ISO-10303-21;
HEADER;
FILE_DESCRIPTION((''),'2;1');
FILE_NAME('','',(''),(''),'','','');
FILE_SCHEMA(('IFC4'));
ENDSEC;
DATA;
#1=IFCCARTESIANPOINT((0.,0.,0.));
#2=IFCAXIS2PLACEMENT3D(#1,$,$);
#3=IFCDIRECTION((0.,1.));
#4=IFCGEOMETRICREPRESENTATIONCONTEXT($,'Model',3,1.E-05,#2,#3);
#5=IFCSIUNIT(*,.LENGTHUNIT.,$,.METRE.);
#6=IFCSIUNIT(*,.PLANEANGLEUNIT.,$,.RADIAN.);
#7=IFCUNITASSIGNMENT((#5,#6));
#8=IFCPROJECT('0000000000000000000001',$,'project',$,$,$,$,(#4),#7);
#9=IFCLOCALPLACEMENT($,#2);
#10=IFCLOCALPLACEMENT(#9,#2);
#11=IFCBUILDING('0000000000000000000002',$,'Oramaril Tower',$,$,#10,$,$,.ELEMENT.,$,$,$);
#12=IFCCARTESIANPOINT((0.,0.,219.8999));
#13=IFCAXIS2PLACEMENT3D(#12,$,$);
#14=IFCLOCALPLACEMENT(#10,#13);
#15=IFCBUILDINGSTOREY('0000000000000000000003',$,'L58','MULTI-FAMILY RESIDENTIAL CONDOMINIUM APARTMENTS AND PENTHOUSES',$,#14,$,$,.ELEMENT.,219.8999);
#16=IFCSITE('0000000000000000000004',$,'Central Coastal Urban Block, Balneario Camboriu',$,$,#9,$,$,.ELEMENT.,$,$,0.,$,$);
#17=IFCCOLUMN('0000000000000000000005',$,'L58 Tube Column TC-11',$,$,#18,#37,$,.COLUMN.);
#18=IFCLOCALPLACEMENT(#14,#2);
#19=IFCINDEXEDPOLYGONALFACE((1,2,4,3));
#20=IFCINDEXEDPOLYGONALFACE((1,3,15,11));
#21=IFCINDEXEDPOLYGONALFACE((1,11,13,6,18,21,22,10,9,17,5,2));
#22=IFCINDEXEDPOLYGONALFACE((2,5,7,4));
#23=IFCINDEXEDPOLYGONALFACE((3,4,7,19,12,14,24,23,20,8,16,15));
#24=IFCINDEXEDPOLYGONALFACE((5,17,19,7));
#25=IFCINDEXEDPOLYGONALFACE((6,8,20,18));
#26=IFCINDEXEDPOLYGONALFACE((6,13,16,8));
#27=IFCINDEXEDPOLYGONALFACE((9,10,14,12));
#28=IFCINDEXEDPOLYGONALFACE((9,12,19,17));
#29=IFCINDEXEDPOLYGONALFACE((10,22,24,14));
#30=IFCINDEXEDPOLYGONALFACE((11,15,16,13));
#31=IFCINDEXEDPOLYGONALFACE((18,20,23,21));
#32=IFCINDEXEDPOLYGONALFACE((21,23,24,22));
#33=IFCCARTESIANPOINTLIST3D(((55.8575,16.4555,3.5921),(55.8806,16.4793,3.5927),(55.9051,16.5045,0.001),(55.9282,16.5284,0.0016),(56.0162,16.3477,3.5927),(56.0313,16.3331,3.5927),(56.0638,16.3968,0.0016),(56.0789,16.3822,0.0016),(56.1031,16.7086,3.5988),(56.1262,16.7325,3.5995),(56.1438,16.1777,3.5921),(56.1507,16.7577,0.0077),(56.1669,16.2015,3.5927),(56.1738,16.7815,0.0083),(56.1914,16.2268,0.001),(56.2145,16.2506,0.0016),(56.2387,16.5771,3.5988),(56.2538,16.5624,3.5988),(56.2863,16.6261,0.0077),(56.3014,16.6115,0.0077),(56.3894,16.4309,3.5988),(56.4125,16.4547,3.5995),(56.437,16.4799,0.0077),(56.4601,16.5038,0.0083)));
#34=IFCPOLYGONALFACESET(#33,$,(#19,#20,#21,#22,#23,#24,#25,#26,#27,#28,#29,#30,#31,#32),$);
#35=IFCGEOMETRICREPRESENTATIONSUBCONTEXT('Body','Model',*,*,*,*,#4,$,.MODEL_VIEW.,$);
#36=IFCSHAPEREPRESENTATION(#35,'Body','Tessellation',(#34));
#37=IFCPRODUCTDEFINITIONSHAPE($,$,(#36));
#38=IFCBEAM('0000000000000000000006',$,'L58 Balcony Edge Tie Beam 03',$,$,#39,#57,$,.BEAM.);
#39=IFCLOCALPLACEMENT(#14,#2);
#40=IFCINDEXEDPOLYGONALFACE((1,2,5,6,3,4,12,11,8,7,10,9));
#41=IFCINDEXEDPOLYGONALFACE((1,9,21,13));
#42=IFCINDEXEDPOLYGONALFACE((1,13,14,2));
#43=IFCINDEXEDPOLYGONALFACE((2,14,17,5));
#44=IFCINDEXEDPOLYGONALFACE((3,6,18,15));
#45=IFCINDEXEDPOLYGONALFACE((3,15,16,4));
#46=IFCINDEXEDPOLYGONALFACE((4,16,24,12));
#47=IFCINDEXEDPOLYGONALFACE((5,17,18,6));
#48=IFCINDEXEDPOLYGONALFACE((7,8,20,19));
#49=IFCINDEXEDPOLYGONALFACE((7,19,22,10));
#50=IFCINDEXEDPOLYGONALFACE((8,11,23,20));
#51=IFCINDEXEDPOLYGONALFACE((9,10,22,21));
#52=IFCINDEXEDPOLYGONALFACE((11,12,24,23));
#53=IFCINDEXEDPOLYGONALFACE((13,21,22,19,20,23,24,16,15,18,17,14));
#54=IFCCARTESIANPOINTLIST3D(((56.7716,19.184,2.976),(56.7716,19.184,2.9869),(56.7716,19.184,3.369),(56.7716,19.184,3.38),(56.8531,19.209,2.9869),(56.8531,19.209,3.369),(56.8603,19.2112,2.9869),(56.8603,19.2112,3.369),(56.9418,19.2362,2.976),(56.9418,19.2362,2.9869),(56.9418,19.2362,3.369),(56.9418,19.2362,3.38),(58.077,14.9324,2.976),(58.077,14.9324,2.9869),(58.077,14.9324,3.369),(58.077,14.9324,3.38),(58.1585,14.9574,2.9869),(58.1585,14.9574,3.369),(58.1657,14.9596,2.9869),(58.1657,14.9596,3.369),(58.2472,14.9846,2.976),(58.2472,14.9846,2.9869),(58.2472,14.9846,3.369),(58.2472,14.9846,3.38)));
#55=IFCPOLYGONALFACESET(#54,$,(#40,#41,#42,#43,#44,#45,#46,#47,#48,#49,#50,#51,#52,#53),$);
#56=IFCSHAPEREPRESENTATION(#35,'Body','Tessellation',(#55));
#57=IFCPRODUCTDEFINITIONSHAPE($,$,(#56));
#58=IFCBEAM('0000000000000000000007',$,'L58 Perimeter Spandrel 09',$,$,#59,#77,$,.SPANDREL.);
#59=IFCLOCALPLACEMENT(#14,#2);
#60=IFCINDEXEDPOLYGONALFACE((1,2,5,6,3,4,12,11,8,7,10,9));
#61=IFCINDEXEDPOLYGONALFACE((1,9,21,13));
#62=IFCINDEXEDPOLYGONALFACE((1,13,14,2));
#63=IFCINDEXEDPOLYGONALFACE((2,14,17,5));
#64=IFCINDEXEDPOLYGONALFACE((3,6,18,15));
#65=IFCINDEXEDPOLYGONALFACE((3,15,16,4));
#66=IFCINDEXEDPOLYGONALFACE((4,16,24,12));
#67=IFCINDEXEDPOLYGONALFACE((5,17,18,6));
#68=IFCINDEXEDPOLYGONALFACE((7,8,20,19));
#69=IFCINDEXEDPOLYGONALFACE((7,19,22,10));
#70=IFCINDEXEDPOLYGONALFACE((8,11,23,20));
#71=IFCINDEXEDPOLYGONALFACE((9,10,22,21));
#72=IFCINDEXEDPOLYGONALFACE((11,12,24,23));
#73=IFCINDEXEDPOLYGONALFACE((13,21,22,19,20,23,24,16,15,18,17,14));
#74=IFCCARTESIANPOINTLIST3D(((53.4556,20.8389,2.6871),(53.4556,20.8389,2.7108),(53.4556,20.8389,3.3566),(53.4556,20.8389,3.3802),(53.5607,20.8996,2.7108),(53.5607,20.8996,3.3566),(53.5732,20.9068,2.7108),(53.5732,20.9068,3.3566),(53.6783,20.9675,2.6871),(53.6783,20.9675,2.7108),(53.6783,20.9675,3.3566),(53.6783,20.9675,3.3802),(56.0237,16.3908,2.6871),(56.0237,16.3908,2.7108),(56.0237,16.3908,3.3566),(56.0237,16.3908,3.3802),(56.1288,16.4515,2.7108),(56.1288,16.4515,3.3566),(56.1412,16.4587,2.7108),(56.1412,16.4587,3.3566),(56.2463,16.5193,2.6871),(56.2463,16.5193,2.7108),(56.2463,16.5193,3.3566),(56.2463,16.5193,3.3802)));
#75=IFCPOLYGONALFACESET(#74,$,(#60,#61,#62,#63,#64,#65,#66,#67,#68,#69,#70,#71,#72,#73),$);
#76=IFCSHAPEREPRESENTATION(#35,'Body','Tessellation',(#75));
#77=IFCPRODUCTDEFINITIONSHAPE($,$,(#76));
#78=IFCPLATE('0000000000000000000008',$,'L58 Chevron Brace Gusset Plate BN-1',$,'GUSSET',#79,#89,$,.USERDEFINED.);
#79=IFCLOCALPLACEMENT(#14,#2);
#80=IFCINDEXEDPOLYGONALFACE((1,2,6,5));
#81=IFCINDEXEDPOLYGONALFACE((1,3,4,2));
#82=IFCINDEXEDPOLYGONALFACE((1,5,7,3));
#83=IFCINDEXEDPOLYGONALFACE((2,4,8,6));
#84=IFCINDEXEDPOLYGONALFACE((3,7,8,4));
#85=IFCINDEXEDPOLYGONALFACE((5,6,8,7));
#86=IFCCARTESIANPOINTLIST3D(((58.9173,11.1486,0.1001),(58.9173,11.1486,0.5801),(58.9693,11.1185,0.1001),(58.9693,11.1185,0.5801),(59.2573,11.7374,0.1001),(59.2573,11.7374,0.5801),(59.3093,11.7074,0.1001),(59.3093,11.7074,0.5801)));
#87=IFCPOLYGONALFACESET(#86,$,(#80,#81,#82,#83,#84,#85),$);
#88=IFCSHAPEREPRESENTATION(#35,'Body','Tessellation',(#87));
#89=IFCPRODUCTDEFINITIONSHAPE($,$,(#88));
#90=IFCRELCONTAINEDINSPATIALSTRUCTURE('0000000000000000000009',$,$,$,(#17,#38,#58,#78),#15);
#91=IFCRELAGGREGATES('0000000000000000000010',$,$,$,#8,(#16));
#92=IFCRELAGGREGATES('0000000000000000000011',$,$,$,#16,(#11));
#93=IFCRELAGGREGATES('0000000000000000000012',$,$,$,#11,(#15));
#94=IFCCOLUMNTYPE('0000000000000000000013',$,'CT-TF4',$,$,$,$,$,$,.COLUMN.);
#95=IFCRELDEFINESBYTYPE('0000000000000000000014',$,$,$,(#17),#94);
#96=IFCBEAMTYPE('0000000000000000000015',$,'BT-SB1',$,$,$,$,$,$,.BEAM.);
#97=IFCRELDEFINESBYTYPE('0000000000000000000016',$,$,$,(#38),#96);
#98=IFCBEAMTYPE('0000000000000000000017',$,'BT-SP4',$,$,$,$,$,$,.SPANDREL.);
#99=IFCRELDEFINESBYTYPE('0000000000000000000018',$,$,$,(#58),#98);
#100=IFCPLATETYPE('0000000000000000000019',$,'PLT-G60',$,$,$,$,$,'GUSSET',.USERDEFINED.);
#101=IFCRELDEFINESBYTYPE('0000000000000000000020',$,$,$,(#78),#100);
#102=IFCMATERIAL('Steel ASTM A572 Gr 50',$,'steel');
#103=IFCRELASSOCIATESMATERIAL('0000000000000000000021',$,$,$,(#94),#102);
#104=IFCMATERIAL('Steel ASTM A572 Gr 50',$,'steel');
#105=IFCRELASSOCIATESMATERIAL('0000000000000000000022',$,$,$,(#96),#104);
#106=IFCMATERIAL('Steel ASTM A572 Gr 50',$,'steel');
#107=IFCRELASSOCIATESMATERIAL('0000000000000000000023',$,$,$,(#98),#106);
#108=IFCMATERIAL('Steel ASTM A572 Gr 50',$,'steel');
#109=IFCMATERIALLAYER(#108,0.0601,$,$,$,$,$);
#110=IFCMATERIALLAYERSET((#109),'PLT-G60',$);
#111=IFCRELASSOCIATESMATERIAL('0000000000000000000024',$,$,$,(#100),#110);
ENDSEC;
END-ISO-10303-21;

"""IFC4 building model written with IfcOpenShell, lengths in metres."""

from ifc_helpers import new_model, si_unit, direction, frame, origin, origin_2d, place, context, subcontext, project, spatial, rectangle, i_section, extrude, material, layer, layer_set, material_profile, profile_set, type_object, element, save


model = new_model("IFC4")

# Units and contexts
model_context = context("Model", 3, precision=1e-05, world=origin(), true_north=direction((0.0, 1.0)))
body_context = subcontext(model_context, "Body", "Model", "MODEL_VIEW")
ifc_project = project(units=[si_unit("LENGTHUNIT", "METRE"), si_unit("PLANEANGLEUNIT", "RADIAN")], contexts=[model_context])

# Site, building, storey
site_placement = place(None, origin())
site = spatial("IfcSite", under=ifc_project, at=site_placement, Name="Central Coastal Urban Block, Balneario Camboriu", CompositionType="ELEMENT", RefElevation=0.0)
building_placement = place(site_placement, origin())
building = spatial("IfcBuilding", under=site, at=building_placement, Name="Oramaril Tower", CompositionType="ELEMENT")
storey_placement = place(building_placement, frame((0.0, 0.0, 219.8999)))
storey = spatial("IfcBuildingStorey", under=building, at=storey_placement, Name="L58", Description="MULTI-FAMILY RESIDENTIAL CONDOMINIUM APARTMENTS AND PENTHOUSES", CompositionType="ELEMENT", Elevation=219.8999)

# Column
ifc_material_1 = material(Name="Steel ASTM A572 Gr 50", Category="steel")
ifc_material_profile_1 = material_profile(ifc_material_1, i_section(OverallWidth=0.3989, OverallDepth=0.386, WebThickness=0.021, FlangeThickness=0.0332, at=origin_2d()), Name="W14X176")
ifc_profile_set_1 = profile_set([ifc_material_profile_1], Name="Steel ASTM A572 Gr 50")
column_type = type_object("IfcColumnType", Name="CT-TF4", PredefinedType="COLUMN", material=ifc_profile_set_1)
column_placement = place(storey_placement, frame((56.1826, 16.5042, 0.0046), z_axis=(-0.013255, -0.013663, 0.999819), x_axis=(0.717738, -0.696313, 0.0)))
element("IfcColumn", 1, at=column_placement, inside=storey, type_object=column_type, Name="L58 Tube Column TC-11", PredefinedType="COLUMN", context=body_context, shape_type="SweptSolid", body=[
    extrude(i_section(OverallWidth=0.3989, OverallDepth=0.386, WebThickness=0.021, FlangeThickness=0.0332, at=origin_2d()), origin(), (0.0, 0.0, 1.0), 3.5918),
])

# Beams
ifc_material_2 = material(Name="Steel ASTM A572 Gr 50", Category="steel")
ifc_material_profile_2 = material_profile(ifc_material_2, i_section(OverallWidth=0.178, OverallDepth=0.4041, WebThickness=0.0076, FlangeThickness=0.011, at=origin_2d()), Name="W16X36")
ifc_profile_set_2 = profile_set([ifc_material_profile_2], Name="Steel ASTM A572 Gr 50")
beam_type_1 = type_object("IfcBeamType", Name="BT-SB1", PredefinedType="BEAM", material=ifc_profile_set_2)
beam_1_placement = place(storey_placement, frame((58.1621, 14.9585, 3.178), z_axis=(-0.293511, 0.955956, 0.0), x_axis=(-0.955956, -0.293511, 0.0)))
element("IfcBeam", 2, at=beam_1_placement, inside=storey, type_object=beam_type_1, Name="L58 Balcony Edge Tie Beam 03", PredefinedType="BEAM", context=body_context, shape_type="SweptSolid", body=[
    extrude(i_section(OverallWidth=0.178, OverallDepth=0.4041, WebThickness=0.0076, FlangeThickness=0.011, at=origin_2d()), origin(), (0.0, 0.0, 1.0), 4.4475),
])
ifc_material_3 = material(Name="Steel ASTM A572 Gr 50", Category="steel")
ifc_material_profile_3 = material_profile(ifc_material_3, i_section(OverallWidth=0.2571, OverallDepth=0.6931, WebThickness=0.0144, FlangeThickness=0.0237, at=origin_2d()), Name="W27X114")
ifc_profile_set_3 = profile_set([ifc_material_profile_3], Name="Steel ASTM A572 Gr 50")
beam_type_2 = type_object("IfcBeamType", Name="BT-SP4", PredefinedType="SPANDREL", material=ifc_profile_set_3)
beam_2_placement = place(storey_placement, frame((56.135, 16.4551, 3.0337), z_axis=(-0.499989, 0.866032, 0.0), x_axis=(-0.866032, -0.499989, 0.0)))
element("IfcBeam", 3, at=beam_2_placement, inside=storey, type_object=beam_type_2, Name="L58 Perimeter Spandrel 09", PredefinedType="SPANDREL", context=body_context, shape_type="SweptSolid", body=[
    extrude(i_section(OverallWidth=0.2571, OverallDepth=0.6931, WebThickness=0.0144, FlangeThickness=0.0237, at=origin_2d()), origin(), (0.0, 0.0, 1.0), 5.1362),
])

# Plate
ifc_material_4 = material(Name="Steel ASTM A572 Gr 50", Category="steel")
ifc_layer_1 = layer(ifc_material_4, 0.0601)
ifc_layer_set_1 = layer_set([ifc_layer_1], Name="PLT-G60")
plate_type = type_object("IfcPlateType", Name="PLT-G60", ElementType="GUSSET", PredefinedType="USERDEFINED", material=ifc_layer_set_1)
plate_placement = place(storey_placement, frame((59.1133, 11.428, 0.1001), z_axis=(0.0, 0.0, 1.0), x_axis=(0.499992, 0.86603, 0.0)))
element("IfcPlate", 4, at=plate_placement, inside=storey, type_object=plate_type, Name="L58 Chevron Brace Gusset Plate BN-1", ObjectType="GUSSET", PredefinedType="USERDEFINED", context=body_context, shape_type="SweptSolid", body=[
    extrude(rectangle(XDim=0.6799, YDim=0.0601, at=origin_2d()), origin(), (0.0, 0.0, 1.0), 0.48),
])

save(model, "model.ifc")
